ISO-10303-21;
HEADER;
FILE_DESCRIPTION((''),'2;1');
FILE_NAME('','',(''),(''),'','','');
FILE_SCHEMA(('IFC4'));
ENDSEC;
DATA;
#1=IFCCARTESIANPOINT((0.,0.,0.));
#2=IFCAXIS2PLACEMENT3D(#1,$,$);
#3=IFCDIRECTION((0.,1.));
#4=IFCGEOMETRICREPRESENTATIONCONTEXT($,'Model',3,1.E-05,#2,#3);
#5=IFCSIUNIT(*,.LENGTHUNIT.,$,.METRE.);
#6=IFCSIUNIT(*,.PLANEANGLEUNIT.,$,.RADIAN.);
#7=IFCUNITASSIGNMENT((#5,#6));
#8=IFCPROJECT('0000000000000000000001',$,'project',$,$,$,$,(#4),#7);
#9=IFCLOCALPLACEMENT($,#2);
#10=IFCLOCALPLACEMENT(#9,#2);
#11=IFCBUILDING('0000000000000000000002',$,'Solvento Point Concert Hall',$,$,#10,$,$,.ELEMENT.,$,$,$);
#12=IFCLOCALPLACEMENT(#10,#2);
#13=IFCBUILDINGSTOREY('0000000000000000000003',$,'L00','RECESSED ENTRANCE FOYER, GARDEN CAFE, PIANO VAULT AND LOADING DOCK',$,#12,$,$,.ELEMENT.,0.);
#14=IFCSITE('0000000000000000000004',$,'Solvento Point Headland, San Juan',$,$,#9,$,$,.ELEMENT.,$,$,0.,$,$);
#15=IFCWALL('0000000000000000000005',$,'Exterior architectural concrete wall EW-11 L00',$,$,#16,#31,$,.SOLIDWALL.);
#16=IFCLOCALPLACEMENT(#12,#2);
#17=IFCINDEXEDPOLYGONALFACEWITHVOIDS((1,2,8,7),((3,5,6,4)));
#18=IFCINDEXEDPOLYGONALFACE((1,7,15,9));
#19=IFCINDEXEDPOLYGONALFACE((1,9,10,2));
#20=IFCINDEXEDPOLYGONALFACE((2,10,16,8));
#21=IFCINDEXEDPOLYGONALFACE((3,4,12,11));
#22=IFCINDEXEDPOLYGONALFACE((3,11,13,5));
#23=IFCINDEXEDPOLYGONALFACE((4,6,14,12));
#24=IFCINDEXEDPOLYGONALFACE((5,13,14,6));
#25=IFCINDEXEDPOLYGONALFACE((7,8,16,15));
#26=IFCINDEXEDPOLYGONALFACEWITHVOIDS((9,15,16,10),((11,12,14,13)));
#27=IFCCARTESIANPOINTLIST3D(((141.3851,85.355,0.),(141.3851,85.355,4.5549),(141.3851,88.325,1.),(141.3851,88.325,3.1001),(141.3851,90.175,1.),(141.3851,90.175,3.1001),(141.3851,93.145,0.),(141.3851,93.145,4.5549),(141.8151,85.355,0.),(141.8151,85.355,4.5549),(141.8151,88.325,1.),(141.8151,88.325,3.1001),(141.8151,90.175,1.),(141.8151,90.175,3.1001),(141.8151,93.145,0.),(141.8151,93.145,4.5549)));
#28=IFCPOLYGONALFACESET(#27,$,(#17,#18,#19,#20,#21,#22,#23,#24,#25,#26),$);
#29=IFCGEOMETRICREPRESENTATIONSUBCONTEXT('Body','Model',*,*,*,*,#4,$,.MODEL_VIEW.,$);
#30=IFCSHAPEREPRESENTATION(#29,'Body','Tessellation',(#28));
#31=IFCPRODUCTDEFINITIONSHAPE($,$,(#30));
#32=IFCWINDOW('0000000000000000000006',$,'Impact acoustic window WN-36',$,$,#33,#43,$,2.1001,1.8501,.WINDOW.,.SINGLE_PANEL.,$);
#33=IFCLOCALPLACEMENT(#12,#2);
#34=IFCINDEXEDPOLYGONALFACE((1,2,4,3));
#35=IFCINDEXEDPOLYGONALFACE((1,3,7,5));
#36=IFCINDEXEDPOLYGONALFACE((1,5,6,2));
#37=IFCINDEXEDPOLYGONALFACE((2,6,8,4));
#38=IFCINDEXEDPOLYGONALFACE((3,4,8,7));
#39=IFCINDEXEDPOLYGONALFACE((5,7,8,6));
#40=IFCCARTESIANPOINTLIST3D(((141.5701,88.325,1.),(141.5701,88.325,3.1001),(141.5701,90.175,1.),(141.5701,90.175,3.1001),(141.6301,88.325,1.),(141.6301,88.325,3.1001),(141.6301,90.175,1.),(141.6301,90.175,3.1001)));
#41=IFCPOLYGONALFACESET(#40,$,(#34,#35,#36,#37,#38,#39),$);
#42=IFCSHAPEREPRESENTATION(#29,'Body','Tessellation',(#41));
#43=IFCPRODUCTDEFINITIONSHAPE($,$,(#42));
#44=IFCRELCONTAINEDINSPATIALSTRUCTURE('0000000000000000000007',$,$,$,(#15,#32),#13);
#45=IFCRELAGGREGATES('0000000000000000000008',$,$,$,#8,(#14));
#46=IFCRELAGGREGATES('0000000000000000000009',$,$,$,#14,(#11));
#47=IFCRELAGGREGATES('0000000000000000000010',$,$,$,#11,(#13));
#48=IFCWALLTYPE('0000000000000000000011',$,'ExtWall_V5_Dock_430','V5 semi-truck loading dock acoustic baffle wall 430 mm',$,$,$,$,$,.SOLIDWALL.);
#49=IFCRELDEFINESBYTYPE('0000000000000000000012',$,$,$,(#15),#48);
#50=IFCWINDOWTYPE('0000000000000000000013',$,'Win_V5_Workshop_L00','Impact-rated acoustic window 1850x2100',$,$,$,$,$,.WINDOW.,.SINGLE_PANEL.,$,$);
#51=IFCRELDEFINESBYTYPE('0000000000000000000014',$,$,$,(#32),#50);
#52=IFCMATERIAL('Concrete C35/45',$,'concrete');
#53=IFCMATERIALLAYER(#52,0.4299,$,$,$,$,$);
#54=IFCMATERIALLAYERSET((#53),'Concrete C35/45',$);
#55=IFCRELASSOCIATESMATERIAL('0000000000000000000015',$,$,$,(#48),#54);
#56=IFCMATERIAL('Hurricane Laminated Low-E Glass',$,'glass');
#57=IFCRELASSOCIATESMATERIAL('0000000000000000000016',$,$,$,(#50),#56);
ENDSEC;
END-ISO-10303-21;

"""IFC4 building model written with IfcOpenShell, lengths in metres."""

from ifc_helpers import new_model, si_unit, direction, frame, frame_2d, origin, place, context, subcontext, project, spatial, rectangle, extrude, material, layer, layer_set, type_object, element, fill, save


model = new_model("IFC4")

# Units and contexts
model_context = context("Model", 3, precision=1e-05, world=origin(), true_north=direction((0.0, 1.0)))
body_context = subcontext(model_context, "Body", "Model", "MODEL_VIEW")
ifc_project = project(units=[si_unit("LENGTHUNIT", "METRE"), si_unit("PLANEANGLEUNIT", "RADIAN")], contexts=[model_context])

# Site, building, storey
site_placement = place(None, origin())
site = spatial("IfcSite", under=ifc_project, at=site_placement, Name="Solvento Point Headland, San Juan", CompositionType="ELEMENT", RefElevation=0.0)
building_placement = place(site_placement, origin())
building = spatial("IfcBuilding", under=site, at=building_placement, Name="Solvento Point Concert Hall", CompositionType="ELEMENT")
storey_placement = place(building_placement, origin())
storey = spatial("IfcBuildingStorey", under=building, at=storey_placement, Name="L00", Description="RECESSED ENTRANCE FOYER, GARDEN CAFE, PIANO VAULT AND LOADING DOCK", CompositionType="ELEMENT", Elevation=0.0)

# Wall, opening, window
ifc_material_1 = material(Name="Concrete C35/45", Category="concrete")
ifc_layer_1 = layer(ifc_material_1, 0.4299)
ifc_layer_set_1 = layer_set([ifc_layer_1], Name="Concrete C35/45")
wall_type_1 = type_object("IfcWallType", Name="ExtWall_V5_Dock_430", Description="V5 semi-truck loading dock acoustic baffle wall 430 mm", PredefinedType="SOLIDWALL", material=ifc_layer_set_1)
wall_1_placement = place(storey_placement, frame((141.6001, 93.145, 0.0), z_axis=(0.0, 0.0, 1.0), x_axis=(0.0, -1.0, 0.0)))
wall_1 = element("IfcWall", 1, at=wall_1_placement, inside=storey, type_object=wall_type_1, Name="Exterior architectural concrete wall EW-11 L00", PredefinedType="SOLIDWALL", context=body_context, shape_type="SweptSolid", body=[
    extrude(rectangle(XDim=7.79, YDim=0.4299, at=frame_2d((3.895, 0.0))), origin(), (0.0, 0.0, 1.0), 4.5549),
])
opening_placement = place(wall_1_placement, frame((2.97, 0.0, 1.0)))
opening = element("IfcOpeningElement", 2, at=opening_placement, cuts=wall_1, PredefinedType="OPENING", context=body_context, shape_type="SweptSolid", body=[
    extrude(rectangle(XDim=1.8501, YDim=2.1001, at=frame_2d((0.925, 1.05))), frame((0.0, 0.2249, 0.0), z_axis=(0.0, -1.0, 0.0), x_axis=(1.0, 0.0, 0.0)), (0.0, 0.0, 1.0), 0.45),
])
ifc_material_2 = material(Name="Hurricane Laminated Low-E Glass", Category="glass")
window_type = type_object("IfcWindowType", Name="Win_V5_Workshop_L00", Description="Impact-rated acoustic window 1850x2100", PartitioningType="SINGLE_PANEL", PredefinedType="WINDOW", material=ifc_material_2)
window_placement = place(opening_placement, origin())
window = element("IfcWindow", 3, at=window_placement, inside=storey, type_object=window_type, Name="Impact acoustic window WN-36", OverallHeight=2.1001, OverallWidth=1.8501, PartitioningType="SINGLE_PANEL", PredefinedType="WINDOW", context=body_context, shape_type="SweptSolid", body=[
    extrude(rectangle(XDim=1.8501, YDim=2.1001, at=frame_2d((0.925, 1.05))), frame((0.0, 0.03, 0.0), z_axis=(0.0, -1.0, 0.0), x_axis=(1.0, 0.0, 0.0)), (0.0, 0.0, 1.0), 0.0601),
])
fill(opening, window)

save(model, "model.ifc")
